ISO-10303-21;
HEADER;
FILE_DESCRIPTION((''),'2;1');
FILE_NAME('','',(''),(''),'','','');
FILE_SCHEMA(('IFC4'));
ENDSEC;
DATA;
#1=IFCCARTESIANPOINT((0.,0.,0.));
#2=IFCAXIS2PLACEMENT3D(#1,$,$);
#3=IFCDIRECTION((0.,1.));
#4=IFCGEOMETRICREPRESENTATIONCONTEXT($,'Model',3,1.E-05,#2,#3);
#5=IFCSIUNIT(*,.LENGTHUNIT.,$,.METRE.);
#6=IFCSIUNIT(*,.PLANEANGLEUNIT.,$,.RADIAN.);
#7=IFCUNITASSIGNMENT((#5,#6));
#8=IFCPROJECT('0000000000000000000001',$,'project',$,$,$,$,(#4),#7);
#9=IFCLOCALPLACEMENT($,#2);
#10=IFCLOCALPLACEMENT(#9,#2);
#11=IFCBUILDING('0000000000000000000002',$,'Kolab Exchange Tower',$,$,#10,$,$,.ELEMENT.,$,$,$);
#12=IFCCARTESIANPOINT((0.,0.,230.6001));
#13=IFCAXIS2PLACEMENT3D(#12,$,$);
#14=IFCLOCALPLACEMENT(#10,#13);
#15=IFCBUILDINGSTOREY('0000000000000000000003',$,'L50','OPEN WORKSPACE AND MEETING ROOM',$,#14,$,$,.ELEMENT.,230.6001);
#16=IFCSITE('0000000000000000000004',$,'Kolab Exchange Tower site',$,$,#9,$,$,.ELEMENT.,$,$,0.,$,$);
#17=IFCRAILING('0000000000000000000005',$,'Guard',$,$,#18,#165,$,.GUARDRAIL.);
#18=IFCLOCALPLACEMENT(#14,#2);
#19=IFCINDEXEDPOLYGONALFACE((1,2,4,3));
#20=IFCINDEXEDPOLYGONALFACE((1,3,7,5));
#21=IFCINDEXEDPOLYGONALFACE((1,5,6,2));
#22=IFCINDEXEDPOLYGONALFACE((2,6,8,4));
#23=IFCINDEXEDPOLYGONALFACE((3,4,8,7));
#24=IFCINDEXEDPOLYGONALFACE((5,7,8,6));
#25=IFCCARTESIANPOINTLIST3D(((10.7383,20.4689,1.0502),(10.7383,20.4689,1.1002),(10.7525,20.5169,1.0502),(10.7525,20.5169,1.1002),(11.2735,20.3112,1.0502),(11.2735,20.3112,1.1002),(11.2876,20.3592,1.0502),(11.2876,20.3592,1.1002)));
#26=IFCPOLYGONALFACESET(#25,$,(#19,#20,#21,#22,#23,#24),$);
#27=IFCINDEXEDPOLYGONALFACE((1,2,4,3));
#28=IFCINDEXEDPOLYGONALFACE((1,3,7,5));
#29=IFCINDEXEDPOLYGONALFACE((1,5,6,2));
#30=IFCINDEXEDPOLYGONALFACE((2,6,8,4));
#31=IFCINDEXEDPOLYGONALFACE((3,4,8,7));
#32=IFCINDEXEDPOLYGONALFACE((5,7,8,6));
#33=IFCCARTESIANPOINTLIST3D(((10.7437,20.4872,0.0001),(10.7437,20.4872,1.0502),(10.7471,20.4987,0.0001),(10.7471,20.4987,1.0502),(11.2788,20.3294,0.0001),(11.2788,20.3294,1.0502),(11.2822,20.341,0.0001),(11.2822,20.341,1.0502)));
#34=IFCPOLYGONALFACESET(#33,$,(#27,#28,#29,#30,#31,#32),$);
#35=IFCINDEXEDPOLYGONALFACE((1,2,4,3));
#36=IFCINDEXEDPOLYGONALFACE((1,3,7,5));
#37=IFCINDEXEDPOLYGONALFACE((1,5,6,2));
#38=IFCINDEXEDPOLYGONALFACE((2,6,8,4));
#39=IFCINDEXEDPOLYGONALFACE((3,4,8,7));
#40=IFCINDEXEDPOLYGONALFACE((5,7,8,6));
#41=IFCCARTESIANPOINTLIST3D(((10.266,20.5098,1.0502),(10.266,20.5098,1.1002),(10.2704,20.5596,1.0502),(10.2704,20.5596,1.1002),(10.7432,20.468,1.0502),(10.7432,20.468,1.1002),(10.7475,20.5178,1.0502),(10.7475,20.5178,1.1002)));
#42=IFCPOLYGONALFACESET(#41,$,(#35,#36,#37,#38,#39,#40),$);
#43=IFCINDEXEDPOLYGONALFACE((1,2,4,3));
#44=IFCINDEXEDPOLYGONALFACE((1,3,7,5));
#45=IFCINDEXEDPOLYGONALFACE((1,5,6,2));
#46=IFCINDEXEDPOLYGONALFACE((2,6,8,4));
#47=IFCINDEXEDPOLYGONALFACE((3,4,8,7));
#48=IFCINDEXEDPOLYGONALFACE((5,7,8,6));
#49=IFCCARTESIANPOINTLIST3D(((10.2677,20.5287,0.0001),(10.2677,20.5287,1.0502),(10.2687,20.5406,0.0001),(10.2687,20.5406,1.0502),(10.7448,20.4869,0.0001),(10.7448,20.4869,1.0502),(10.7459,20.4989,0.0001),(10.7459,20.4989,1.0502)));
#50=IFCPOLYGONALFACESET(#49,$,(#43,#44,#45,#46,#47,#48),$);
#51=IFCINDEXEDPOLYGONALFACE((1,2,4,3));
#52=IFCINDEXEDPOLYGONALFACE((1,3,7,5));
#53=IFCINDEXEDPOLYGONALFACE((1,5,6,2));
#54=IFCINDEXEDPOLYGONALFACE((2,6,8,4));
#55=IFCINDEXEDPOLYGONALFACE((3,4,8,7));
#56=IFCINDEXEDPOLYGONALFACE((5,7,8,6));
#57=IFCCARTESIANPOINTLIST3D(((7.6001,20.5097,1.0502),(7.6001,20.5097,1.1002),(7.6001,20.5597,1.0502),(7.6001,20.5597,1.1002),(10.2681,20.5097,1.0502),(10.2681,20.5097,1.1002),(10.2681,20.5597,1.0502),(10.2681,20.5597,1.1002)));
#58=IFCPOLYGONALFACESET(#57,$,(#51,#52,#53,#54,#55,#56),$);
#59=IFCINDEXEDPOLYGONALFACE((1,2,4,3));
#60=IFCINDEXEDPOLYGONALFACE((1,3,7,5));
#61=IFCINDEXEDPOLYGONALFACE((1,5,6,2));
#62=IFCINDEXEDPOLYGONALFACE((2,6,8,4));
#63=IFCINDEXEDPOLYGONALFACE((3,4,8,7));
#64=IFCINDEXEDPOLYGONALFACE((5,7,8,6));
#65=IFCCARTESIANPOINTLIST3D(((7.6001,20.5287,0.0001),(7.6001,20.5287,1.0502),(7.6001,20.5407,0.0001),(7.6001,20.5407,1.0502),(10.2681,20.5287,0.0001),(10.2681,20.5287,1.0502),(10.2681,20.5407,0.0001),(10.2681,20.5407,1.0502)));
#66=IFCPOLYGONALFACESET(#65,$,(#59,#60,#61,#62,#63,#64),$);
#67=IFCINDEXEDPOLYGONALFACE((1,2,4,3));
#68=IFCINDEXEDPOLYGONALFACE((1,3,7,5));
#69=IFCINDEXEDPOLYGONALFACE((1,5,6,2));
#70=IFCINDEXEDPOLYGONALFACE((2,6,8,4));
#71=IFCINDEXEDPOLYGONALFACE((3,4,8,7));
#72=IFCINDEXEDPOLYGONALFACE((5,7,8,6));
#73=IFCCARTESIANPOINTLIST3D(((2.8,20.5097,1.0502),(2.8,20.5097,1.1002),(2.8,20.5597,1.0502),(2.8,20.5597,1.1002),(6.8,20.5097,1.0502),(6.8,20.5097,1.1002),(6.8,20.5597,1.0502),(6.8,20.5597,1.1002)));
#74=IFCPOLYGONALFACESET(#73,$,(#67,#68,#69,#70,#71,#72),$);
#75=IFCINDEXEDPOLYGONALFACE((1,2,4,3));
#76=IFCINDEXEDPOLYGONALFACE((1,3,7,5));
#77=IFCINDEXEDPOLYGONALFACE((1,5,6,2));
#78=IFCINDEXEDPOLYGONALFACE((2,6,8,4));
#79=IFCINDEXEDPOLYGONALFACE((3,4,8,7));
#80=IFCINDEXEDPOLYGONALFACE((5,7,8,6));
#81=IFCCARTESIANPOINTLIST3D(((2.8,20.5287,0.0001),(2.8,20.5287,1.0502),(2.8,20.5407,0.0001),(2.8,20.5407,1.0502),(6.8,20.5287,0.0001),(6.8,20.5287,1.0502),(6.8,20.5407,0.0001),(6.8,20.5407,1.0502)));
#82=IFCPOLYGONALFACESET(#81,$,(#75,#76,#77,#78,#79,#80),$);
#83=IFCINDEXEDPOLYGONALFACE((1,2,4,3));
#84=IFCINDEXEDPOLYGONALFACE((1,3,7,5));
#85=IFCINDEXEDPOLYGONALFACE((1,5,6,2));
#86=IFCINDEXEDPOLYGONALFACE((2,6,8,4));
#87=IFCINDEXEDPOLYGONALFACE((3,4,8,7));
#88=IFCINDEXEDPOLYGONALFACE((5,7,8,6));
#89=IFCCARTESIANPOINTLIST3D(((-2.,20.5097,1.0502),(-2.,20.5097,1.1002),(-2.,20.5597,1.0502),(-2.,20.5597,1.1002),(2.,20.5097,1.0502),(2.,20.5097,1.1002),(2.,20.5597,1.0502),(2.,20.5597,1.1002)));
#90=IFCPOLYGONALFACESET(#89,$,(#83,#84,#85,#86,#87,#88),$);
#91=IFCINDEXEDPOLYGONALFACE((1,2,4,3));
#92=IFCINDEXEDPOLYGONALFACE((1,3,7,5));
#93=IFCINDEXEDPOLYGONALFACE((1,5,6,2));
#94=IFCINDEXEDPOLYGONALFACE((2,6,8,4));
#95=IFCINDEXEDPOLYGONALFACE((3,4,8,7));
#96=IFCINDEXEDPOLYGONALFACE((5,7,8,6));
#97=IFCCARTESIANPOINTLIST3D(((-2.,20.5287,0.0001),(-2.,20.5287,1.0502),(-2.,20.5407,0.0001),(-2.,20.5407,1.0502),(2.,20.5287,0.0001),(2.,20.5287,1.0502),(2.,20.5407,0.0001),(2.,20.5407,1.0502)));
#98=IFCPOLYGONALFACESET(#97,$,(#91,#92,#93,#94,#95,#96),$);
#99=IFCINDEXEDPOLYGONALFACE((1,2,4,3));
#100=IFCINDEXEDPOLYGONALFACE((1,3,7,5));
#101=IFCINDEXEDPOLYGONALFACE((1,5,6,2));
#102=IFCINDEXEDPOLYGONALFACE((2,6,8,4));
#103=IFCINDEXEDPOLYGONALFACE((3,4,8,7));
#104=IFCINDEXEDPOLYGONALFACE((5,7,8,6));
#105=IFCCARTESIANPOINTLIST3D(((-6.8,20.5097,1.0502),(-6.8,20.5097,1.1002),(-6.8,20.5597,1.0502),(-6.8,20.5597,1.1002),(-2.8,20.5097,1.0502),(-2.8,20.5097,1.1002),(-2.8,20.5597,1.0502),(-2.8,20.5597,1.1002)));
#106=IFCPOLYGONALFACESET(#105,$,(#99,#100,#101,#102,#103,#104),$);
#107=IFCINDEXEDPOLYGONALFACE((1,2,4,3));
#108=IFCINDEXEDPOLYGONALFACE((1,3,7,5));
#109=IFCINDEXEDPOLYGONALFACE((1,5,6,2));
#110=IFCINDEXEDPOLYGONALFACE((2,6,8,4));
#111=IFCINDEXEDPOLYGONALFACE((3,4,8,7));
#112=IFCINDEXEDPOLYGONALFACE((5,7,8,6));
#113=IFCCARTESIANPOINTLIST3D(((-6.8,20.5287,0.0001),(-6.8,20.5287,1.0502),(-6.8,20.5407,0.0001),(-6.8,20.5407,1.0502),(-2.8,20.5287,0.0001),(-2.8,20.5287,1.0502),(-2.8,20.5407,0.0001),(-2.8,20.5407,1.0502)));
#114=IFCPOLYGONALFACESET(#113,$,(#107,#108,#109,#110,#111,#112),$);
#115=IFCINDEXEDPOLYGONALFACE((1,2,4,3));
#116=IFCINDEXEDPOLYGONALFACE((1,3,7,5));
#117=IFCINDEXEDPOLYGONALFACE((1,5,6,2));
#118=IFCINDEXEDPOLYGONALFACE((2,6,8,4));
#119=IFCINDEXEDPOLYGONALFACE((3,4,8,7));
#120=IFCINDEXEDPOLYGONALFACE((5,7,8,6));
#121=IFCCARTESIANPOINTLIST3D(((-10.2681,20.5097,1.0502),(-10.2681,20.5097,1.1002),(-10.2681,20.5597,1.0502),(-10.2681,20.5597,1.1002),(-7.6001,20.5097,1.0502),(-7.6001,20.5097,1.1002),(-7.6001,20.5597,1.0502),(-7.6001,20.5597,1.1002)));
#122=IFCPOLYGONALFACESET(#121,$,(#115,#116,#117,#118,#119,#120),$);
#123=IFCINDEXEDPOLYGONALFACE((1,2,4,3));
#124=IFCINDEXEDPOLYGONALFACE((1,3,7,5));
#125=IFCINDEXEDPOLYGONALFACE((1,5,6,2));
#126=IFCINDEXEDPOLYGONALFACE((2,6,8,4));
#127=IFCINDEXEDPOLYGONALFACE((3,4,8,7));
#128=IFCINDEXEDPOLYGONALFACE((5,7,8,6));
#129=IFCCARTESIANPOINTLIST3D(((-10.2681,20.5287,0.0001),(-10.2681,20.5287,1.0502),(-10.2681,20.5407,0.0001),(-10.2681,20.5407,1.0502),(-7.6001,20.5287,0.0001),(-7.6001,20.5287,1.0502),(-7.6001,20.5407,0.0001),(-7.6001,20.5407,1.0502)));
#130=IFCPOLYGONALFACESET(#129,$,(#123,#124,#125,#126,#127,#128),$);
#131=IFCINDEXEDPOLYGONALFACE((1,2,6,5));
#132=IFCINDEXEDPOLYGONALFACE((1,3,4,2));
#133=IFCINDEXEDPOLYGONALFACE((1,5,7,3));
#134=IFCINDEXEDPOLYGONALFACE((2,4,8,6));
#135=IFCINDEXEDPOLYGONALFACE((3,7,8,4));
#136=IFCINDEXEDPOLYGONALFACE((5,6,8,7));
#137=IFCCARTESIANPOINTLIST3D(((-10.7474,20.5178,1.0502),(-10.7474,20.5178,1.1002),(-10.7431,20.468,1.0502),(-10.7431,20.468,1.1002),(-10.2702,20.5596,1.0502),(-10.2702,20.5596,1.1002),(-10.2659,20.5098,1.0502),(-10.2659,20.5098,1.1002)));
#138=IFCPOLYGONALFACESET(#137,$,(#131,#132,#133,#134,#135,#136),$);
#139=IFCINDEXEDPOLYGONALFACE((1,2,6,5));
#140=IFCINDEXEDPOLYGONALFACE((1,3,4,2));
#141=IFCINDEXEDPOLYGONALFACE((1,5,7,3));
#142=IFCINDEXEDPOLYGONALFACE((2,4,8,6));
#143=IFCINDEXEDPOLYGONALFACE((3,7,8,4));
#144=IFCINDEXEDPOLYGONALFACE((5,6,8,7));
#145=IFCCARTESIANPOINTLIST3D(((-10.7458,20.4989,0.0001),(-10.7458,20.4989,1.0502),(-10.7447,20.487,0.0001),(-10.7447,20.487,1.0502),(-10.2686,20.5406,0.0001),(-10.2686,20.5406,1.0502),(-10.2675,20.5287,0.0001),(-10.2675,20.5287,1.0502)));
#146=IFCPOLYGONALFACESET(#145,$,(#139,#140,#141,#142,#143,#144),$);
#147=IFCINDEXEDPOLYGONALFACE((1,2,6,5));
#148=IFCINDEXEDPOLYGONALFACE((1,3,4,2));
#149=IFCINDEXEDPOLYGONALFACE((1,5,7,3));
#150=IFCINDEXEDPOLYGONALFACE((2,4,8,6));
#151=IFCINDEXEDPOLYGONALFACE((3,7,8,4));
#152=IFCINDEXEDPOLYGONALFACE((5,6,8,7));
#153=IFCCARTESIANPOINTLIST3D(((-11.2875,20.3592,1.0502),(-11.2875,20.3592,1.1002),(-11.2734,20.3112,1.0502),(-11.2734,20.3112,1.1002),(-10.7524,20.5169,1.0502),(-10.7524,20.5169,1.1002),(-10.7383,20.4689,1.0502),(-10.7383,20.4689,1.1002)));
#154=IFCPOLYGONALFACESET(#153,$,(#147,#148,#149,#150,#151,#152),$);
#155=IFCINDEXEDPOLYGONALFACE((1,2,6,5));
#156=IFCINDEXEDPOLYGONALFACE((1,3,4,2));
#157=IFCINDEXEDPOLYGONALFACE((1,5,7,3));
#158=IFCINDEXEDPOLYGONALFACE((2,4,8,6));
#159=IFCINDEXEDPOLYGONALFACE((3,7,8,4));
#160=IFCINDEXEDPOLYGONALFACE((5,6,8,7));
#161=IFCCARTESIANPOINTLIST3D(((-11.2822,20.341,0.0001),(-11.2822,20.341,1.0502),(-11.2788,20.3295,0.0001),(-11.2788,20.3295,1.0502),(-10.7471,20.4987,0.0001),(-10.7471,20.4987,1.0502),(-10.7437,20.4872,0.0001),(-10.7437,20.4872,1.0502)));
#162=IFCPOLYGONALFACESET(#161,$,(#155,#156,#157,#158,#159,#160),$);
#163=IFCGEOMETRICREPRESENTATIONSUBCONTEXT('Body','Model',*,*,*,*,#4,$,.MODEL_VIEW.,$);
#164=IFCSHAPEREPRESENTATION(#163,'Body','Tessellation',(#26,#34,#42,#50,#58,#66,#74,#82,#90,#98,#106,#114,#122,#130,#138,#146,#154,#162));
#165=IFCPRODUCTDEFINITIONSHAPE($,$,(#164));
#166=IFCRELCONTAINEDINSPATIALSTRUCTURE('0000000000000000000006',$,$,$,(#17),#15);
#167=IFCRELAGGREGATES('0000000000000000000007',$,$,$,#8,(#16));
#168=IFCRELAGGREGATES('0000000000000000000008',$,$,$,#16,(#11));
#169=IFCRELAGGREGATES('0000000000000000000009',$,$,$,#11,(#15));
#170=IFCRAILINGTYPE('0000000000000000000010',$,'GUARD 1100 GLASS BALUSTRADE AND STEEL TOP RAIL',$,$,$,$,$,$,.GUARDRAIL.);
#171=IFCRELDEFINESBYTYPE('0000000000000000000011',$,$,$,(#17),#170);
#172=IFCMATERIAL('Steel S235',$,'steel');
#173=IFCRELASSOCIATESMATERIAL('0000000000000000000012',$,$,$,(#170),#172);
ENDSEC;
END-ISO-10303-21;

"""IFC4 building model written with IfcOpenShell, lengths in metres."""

from ifc_helpers import new_model, si_unit, direction, frame, frame_2d, origin, origin_2d, place, context, subcontext, project, spatial, rectangle, extrude, material, type_object, element, save


model = new_model("IFC4")

# Units and contexts
model_context = context("Model", 3, precision=1e-05, world=origin(), true_north=direction((0.0, 1.0)))
body_context = subcontext(model_context, "Body", "Model", "MODEL_VIEW")
ifc_project = project(units=[si_unit("LENGTHUNIT", "METRE"), si_unit("PLANEANGLEUNIT", "RADIAN")], contexts=[model_context])

# Site, building, storey
site_placement = place(None, origin())
site = spatial("IfcSite", under=ifc_project, at=site_placement, Name="Kolab Exchange Tower site", CompositionType="ELEMENT", RefElevation=0.0)
building_placement = place(site_placement, origin())
building = spatial("IfcBuilding", under=site, at=building_placement, Name="Kolab Exchange Tower", CompositionType="ELEMENT")
storey_placement = place(building_placement, frame((0.0, 0.0, 230.6001)))
storey = spatial("IfcBuildingStorey", under=building, at=storey_placement, Name="L50", Description="OPEN WORKSPACE AND MEETING ROOM", CompositionType="ELEMENT", Elevation=230.6001)

# Railing
ifc_material_1 = material(Name="Steel S235", Category="steel")
railing_type = type_object("IfcRailingType", Name="GUARD 1100 GLASS BALUSTRADE AND STEEL TOP RAIL", PredefinedType="GUARDRAIL", material=ifc_material_1)
railing_placement = place(storey_placement, frame((11.2805, 20.3352, 0.0)))
element("IfcRailing", 1, at=railing_placement, inside=storey, type_object=railing_type, Name="Guard", PredefinedType="GUARDRAIL", context=body_context, shape_type="SweptSolid", body=[
    extrude(rectangle(XDim=0.05, YDim=0.05, at=origin_2d()), frame((0.0, 0.0, 1.0752), z_axis=(-0.959212, 0.282687, 0.0), x_axis=(-0.282687, -0.959212, 0.0)), (0.0, 0.0, 1.0), 0.5579),
    extrude(rectangle(XDim=0.012, YDim=1.0501, at=frame_2d((0.0, 0.5251))), frame((0.0, 0.0, 0.0), z_axis=(-0.959212, 0.282687, 0.0), x_axis=(-0.282687, -0.959212, 0.0)), (0.0, 0.0, 1.0), 0.5579),
    extrude(rectangle(XDim=0.05, YDim=0.05, at=origin_2d()), frame((-0.5352, 0.1577, 1.0752), z_axis=(-0.996196, 0.087135, 0.0), x_axis=(-0.087135, -0.996196, 0.0)), (0.0, 0.0, 1.0), 0.479),
    extrude(rectangle(XDim=0.012, YDim=1.0501, at=frame_2d((0.0, 0.5251))), frame((-0.5352, 0.1577, 0.0), z_axis=(-0.996196, 0.087135, 0.0), x_axis=(-0.087135, -0.996196, 0.0)), (0.0, 0.0, 1.0), 0.479),
    extrude(rectangle(XDim=0.05, YDim=0.05, at=origin_2d()), frame((-1.0125, 0.1995, 1.0752), z_axis=(-1.0, 0.0, 0.0), x_axis=(0.0, -1.0, 0.0)), (0.0, 0.0, 1.0), 2.668),
    extrude(rectangle(XDim=0.012, YDim=1.0501, at=frame_2d((0.0, 0.5251))), frame((-1.0125, 0.1995, 0.0), z_axis=(-1.0, 0.0, 0.0), x_axis=(0.0, -1.0, 0.0)), (0.0, 0.0, 1.0), 2.668),
    extrude(rectangle(XDim=0.05, YDim=0.05, at=origin_2d()), frame((-4.4805, 0.1995, 1.0752), z_axis=(-1.0, 0.0, 0.0), x_axis=(0.0, -1.0, 0.0)), (0.0, 0.0, 1.0), 4.0),
    extrude(rectangle(XDim=0.012, YDim=1.0501, at=frame_2d((0.0, 0.5251))), frame((-4.4805, 0.1995, 0.0), z_axis=(-1.0, 0.0, 0.0), x_axis=(0.0, -1.0, 0.0)), (0.0, 0.0, 1.0), 4.0),
    extrude(rectangle(XDim=0.05, YDim=0.05, at=origin_2d()), frame((-9.2805, 0.1995, 1.0752), z_axis=(-1.0, 0.0, 0.0), x_axis=(0.0, -1.0, 0.0)), (0.0, 0.0, 1.0), 4.0),
    extrude(rectangle(XDim=0.012, YDim=1.0501, at=frame_2d((0.0, 0.5251))), frame((-9.2805, 0.1995, 0.0), z_axis=(-1.0, 0.0, 0.0), x_axis=(0.0, -1.0, 0.0)), (0.0, 0.0, 1.0), 4.0),
    extrude(rectangle(XDim=0.05, YDim=0.05, at=origin_2d()), frame((-14.0806, 0.1995, 1.0752), z_axis=(-1.0, 0.0, 0.0), x_axis=(0.0, -1.0, 0.0)), (0.0, 0.0, 1.0), 4.0),
    extrude(rectangle(XDim=0.012, YDim=1.0501, at=frame_2d((0.0, 0.5251))), frame((-14.0806, 0.1995, 0.0), z_axis=(-1.0, 0.0, 0.0), x_axis=(0.0, -1.0, 0.0)), (0.0, 0.0, 1.0), 4.0),
    extrude(rectangle(XDim=0.05, YDim=0.05, at=origin_2d()), frame((-18.8806, 0.1995, 1.0752), z_axis=(-1.0, 0.0, 0.0), x_axis=(0.0, -1.0, 0.0)), (0.0, 0.0, 1.0), 2.668),
    extrude(rectangle(XDim=0.012, YDim=1.0501, at=frame_2d((0.0, 0.5251))), frame((-18.8806, 0.1995, 0.0), z_axis=(-1.0, 0.0, 0.0), x_axis=(0.0, -1.0, 0.0)), (0.0, 0.0, 1.0), 2.668),
    extrude(rectangle(XDim=0.05, YDim=0.05, at=origin_2d()), frame((-21.5486, 0.1995, 1.0752), z_axis=(-0.996196, -0.087135, 0.0), x_axis=(0.087135, -0.996196, 0.0)), (0.0, 0.0, 1.0), 0.479),
    extrude(rectangle(XDim=0.012, YDim=1.0501, at=frame_2d((0.0, 0.5251))), frame((-21.5486, 0.1995, 0.0), z_axis=(-0.996196, -0.087135, 0.0), x_axis=(0.087135, -0.996196, 0.0)), (0.0, 0.0, 1.0), 0.479),
    extrude(rectangle(XDim=0.05, YDim=0.05, at=origin_2d()), frame((-22.0259, 0.1577, 1.0752), z_axis=(-0.959212, -0.282687, 0.0), x_axis=(0.282687, -0.959212, 0.0)), (0.0, 0.0, 1.0), 0.5579),
    extrude(rectangle(XDim=0.012, YDim=1.0501, at=frame_2d((0.0, 0.5251))), frame((-22.0259, 0.1577, 0.0), z_axis=(-0.959212, -0.282687, 0.0), x_axis=(0.282687, -0.959212, 0.0)), (0.0, 0.0, 1.0), 0.5579),
])

save(model, "model.ifc")
